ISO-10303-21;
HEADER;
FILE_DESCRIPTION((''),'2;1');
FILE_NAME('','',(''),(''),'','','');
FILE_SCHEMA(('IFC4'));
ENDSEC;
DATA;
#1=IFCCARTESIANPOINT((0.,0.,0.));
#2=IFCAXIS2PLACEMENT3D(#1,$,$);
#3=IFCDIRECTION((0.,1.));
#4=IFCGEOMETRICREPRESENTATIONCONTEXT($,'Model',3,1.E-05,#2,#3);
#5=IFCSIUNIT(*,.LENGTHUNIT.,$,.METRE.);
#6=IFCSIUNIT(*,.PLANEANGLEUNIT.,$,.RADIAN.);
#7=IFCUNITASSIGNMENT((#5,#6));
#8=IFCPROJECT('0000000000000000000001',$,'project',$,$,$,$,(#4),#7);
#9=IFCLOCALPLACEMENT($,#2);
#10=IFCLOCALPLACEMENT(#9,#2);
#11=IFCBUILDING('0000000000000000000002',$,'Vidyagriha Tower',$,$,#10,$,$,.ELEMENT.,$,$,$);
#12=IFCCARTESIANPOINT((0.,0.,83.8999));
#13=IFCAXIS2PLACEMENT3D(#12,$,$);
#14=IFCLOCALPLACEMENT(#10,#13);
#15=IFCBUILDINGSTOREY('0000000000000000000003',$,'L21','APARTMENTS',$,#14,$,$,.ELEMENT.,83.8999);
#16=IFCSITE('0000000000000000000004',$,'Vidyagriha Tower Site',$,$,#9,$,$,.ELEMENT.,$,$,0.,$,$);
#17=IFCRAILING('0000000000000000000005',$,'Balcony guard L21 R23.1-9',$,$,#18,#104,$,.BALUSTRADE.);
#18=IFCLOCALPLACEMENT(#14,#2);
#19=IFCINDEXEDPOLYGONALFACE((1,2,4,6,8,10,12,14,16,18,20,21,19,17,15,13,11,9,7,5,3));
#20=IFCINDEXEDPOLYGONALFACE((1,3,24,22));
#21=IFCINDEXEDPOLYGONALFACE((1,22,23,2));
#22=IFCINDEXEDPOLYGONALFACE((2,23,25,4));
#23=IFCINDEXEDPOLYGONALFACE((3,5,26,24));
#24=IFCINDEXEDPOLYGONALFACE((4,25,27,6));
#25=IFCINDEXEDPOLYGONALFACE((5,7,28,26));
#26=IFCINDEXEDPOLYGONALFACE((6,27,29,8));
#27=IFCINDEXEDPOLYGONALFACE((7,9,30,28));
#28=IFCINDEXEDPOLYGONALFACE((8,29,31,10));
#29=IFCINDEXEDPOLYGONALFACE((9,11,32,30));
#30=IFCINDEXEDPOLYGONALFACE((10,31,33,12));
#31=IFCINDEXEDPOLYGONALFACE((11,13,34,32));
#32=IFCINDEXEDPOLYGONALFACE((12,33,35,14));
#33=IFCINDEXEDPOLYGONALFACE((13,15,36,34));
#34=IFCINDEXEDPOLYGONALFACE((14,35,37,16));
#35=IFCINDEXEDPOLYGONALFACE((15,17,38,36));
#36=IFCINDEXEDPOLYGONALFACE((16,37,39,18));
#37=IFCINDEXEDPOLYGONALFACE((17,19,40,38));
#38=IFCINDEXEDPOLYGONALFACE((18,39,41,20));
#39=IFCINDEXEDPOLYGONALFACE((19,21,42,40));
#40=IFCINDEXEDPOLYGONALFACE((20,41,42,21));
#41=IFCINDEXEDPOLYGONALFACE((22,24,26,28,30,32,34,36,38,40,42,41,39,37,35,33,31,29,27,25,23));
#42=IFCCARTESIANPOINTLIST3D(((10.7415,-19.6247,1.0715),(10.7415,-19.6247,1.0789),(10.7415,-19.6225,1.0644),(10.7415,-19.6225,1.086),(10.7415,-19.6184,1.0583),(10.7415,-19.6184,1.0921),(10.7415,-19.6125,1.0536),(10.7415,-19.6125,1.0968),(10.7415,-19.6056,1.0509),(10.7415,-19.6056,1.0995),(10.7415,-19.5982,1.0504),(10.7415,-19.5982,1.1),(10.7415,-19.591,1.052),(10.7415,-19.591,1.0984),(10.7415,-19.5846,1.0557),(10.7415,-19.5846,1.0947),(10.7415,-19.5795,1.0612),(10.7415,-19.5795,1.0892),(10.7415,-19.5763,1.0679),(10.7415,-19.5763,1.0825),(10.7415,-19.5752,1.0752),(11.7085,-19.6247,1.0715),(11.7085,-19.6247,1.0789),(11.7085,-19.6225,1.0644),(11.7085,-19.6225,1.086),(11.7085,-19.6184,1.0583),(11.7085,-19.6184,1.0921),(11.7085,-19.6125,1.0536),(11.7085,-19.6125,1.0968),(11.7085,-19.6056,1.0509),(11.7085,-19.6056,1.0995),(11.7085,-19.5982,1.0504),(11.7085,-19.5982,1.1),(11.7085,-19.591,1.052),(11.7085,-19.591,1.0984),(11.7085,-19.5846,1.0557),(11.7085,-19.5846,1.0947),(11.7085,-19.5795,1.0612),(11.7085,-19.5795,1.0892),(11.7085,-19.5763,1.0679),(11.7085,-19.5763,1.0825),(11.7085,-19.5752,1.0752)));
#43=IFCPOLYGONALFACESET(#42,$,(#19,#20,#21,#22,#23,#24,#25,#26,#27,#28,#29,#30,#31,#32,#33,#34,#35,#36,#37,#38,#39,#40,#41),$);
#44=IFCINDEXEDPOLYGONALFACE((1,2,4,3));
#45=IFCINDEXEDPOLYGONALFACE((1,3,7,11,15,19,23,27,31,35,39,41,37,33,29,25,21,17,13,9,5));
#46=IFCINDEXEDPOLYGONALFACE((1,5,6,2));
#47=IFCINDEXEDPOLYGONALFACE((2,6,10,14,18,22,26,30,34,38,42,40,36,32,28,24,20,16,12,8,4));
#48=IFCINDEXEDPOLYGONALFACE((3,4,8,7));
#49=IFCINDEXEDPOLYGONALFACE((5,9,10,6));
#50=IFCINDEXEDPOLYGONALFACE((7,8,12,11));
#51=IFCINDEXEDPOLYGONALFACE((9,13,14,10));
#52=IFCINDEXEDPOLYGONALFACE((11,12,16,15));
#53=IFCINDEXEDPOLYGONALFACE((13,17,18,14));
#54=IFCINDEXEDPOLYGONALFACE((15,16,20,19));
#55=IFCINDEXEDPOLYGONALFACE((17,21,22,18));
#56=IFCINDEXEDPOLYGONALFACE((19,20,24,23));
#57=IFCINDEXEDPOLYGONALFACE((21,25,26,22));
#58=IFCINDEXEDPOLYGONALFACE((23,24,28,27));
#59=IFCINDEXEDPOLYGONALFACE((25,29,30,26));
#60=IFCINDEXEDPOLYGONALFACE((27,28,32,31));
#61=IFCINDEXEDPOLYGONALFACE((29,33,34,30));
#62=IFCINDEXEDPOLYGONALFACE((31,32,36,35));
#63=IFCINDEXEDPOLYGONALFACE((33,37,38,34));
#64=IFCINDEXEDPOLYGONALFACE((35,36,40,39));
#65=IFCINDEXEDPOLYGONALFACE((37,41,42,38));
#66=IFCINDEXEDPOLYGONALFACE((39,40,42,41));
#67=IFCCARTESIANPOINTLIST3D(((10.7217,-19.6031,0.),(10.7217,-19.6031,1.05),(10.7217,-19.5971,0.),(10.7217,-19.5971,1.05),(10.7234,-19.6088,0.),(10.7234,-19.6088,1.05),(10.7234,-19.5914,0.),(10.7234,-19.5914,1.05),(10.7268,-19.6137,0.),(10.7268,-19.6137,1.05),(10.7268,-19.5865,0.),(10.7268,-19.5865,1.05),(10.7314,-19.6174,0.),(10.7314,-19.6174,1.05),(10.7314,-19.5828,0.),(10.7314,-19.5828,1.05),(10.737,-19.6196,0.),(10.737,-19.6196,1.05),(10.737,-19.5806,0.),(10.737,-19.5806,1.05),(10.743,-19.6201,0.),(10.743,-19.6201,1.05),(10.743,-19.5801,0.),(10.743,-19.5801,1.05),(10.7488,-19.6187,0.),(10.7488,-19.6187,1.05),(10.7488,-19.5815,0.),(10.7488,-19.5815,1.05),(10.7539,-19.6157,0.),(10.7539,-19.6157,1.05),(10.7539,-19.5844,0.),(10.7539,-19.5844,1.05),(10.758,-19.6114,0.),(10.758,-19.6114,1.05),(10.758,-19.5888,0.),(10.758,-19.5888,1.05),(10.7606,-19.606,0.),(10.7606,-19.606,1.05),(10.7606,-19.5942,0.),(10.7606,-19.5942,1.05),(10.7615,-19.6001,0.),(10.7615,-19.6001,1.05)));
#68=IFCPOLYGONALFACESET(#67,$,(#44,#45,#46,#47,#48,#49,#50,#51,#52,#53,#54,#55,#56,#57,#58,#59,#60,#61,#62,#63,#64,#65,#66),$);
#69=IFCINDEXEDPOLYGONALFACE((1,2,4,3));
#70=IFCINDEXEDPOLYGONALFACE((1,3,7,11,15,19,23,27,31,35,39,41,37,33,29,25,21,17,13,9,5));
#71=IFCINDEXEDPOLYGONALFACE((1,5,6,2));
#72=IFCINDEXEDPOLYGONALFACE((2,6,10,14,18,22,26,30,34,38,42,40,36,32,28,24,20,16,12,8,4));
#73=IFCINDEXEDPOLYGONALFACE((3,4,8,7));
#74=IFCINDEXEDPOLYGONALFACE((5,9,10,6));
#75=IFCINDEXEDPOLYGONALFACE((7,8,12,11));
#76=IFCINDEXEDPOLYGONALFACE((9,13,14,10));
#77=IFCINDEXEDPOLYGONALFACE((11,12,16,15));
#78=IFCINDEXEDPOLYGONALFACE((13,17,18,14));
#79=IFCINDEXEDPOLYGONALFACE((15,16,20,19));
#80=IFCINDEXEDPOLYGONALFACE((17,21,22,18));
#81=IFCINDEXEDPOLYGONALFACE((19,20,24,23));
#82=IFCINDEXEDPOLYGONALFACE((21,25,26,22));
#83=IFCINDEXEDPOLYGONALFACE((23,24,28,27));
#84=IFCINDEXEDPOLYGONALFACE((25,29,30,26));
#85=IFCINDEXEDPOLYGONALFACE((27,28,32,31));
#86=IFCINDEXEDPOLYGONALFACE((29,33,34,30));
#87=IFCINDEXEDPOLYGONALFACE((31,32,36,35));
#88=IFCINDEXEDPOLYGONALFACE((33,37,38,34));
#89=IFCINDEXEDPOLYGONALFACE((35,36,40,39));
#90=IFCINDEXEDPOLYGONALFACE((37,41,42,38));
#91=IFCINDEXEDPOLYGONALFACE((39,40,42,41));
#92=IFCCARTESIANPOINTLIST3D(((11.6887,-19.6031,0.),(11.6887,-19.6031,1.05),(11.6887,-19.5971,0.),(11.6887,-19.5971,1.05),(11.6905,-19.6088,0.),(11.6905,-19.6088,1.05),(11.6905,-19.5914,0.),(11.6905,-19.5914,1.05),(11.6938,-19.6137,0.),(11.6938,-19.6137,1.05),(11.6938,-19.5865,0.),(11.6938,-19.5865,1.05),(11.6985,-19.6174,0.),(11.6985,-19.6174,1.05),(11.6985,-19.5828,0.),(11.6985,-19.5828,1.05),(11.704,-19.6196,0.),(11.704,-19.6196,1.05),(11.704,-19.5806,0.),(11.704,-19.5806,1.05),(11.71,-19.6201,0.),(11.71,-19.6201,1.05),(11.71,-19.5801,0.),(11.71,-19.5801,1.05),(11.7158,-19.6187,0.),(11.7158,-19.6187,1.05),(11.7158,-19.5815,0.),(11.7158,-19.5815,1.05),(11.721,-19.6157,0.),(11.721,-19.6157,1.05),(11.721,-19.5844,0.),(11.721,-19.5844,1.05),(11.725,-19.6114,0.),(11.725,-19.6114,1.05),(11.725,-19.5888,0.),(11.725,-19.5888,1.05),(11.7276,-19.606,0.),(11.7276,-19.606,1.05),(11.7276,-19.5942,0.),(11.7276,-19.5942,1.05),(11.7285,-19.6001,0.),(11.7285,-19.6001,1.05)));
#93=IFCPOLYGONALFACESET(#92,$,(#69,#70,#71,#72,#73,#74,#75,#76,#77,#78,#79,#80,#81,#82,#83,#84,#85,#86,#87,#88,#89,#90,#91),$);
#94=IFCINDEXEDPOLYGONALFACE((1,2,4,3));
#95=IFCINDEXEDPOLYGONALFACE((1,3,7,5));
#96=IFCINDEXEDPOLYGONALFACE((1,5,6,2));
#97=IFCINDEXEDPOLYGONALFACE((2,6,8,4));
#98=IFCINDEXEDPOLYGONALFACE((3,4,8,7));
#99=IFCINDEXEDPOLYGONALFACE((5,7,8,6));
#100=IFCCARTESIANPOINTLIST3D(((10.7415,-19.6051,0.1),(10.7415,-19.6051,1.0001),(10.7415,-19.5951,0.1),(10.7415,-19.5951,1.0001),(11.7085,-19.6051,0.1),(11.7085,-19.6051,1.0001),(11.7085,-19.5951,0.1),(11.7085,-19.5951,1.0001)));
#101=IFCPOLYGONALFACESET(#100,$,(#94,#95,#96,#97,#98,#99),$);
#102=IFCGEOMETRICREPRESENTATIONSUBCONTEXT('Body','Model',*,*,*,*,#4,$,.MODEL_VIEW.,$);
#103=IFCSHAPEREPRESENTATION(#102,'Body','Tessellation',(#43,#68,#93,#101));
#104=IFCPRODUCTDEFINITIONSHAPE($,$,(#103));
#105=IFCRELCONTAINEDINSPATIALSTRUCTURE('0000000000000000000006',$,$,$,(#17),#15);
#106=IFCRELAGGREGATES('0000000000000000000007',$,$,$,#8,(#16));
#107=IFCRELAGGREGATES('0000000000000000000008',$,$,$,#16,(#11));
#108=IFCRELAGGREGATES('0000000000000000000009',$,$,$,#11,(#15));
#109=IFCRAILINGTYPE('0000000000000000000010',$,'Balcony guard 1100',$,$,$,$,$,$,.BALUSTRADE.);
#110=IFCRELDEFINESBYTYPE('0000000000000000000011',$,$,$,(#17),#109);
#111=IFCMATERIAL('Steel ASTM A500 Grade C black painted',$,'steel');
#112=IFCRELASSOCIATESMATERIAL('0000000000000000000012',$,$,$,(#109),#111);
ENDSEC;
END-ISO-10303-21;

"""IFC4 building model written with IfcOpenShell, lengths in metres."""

from ifc_helpers import new_model, si_unit, direction, frame, origin, origin_2d, place, context, subcontext, project, spatial, rectangle, circle, extrude, material, type_object, element, save


model = new_model("IFC4")

# Units and contexts
model_context = context("Model", 3, precision=1e-05, world=origin(), true_north=direction((0.0, 1.0)))
body_context = subcontext(model_context, "Body", "Model", "MODEL_VIEW")
ifc_project = project(units=[si_unit("LENGTHUNIT", "METRE"), si_unit("PLANEANGLEUNIT", "RADIAN")], contexts=[model_context])

# Site, building, storey
site_placement = place(None, origin())
site = spatial("IfcSite", under=ifc_project, at=site_placement, Name="Vidyagriha Tower Site", CompositionType="ELEMENT", RefElevation=0.0)
building_placement = place(site_placement, origin())
building = spatial("IfcBuilding", under=site, at=building_placement, Name="Vidyagriha Tower", CompositionType="ELEMENT")
storey_placement = place(building_placement, frame((0.0, 0.0, 83.8999)))
storey = spatial("IfcBuildingStorey", under=building, at=storey_placement, Name="L21", Description="APARTMENTS", CompositionType="ELEMENT", Elevation=83.8999)

# Railing
ifc_material_1 = material(Name="Steel ASTM A500 Grade C black painted", Category="steel")
railing_type = type_object("IfcRailingType", Name="Balcony guard 1100", PredefinedType="BALUSTRADE", material=ifc_material_1)
railing_1_placement = place(storey_placement, frame((10.7415, -19.6001, 0.0)))
element("IfcRailing", 1, at=railing_1_placement, inside=storey, type_object=railing_type, Name="Balcony guard L21 R23.1-9", PredefinedType="BALUSTRADE", context=body_context, shape_type="SweptSolid", body=[
    extrude(circle(Radius=0.0249, at=origin_2d()), frame((0.0, 0.0, 1.0752), z_axis=(1.0, 0.0, 0.0), x_axis=(0.0, 1.0, 0.0)), (0.0, 0.0, 1.0), 0.967),
    extrude(circle(Radius=0.02, at=origin_2d()), origin(), (0.0, 0.0, 1.0), 1.05),
    extrude(circle(Radius=0.02, at=origin_2d()), frame((0.967, 0.0, 0.0)), (0.0, 0.0, 1.0), 1.05),
    extrude(rectangle(XDim=0.01, YDim=0.9001, at=origin_2d()), frame((0.0, 0.0, 0.55), z_axis=(1.0, 0.0, 0.0), x_axis=(0.0, 1.0, 0.0)), (0.0, 0.0, 1.0), 0.967),
])

save(model, "model.ifc")
